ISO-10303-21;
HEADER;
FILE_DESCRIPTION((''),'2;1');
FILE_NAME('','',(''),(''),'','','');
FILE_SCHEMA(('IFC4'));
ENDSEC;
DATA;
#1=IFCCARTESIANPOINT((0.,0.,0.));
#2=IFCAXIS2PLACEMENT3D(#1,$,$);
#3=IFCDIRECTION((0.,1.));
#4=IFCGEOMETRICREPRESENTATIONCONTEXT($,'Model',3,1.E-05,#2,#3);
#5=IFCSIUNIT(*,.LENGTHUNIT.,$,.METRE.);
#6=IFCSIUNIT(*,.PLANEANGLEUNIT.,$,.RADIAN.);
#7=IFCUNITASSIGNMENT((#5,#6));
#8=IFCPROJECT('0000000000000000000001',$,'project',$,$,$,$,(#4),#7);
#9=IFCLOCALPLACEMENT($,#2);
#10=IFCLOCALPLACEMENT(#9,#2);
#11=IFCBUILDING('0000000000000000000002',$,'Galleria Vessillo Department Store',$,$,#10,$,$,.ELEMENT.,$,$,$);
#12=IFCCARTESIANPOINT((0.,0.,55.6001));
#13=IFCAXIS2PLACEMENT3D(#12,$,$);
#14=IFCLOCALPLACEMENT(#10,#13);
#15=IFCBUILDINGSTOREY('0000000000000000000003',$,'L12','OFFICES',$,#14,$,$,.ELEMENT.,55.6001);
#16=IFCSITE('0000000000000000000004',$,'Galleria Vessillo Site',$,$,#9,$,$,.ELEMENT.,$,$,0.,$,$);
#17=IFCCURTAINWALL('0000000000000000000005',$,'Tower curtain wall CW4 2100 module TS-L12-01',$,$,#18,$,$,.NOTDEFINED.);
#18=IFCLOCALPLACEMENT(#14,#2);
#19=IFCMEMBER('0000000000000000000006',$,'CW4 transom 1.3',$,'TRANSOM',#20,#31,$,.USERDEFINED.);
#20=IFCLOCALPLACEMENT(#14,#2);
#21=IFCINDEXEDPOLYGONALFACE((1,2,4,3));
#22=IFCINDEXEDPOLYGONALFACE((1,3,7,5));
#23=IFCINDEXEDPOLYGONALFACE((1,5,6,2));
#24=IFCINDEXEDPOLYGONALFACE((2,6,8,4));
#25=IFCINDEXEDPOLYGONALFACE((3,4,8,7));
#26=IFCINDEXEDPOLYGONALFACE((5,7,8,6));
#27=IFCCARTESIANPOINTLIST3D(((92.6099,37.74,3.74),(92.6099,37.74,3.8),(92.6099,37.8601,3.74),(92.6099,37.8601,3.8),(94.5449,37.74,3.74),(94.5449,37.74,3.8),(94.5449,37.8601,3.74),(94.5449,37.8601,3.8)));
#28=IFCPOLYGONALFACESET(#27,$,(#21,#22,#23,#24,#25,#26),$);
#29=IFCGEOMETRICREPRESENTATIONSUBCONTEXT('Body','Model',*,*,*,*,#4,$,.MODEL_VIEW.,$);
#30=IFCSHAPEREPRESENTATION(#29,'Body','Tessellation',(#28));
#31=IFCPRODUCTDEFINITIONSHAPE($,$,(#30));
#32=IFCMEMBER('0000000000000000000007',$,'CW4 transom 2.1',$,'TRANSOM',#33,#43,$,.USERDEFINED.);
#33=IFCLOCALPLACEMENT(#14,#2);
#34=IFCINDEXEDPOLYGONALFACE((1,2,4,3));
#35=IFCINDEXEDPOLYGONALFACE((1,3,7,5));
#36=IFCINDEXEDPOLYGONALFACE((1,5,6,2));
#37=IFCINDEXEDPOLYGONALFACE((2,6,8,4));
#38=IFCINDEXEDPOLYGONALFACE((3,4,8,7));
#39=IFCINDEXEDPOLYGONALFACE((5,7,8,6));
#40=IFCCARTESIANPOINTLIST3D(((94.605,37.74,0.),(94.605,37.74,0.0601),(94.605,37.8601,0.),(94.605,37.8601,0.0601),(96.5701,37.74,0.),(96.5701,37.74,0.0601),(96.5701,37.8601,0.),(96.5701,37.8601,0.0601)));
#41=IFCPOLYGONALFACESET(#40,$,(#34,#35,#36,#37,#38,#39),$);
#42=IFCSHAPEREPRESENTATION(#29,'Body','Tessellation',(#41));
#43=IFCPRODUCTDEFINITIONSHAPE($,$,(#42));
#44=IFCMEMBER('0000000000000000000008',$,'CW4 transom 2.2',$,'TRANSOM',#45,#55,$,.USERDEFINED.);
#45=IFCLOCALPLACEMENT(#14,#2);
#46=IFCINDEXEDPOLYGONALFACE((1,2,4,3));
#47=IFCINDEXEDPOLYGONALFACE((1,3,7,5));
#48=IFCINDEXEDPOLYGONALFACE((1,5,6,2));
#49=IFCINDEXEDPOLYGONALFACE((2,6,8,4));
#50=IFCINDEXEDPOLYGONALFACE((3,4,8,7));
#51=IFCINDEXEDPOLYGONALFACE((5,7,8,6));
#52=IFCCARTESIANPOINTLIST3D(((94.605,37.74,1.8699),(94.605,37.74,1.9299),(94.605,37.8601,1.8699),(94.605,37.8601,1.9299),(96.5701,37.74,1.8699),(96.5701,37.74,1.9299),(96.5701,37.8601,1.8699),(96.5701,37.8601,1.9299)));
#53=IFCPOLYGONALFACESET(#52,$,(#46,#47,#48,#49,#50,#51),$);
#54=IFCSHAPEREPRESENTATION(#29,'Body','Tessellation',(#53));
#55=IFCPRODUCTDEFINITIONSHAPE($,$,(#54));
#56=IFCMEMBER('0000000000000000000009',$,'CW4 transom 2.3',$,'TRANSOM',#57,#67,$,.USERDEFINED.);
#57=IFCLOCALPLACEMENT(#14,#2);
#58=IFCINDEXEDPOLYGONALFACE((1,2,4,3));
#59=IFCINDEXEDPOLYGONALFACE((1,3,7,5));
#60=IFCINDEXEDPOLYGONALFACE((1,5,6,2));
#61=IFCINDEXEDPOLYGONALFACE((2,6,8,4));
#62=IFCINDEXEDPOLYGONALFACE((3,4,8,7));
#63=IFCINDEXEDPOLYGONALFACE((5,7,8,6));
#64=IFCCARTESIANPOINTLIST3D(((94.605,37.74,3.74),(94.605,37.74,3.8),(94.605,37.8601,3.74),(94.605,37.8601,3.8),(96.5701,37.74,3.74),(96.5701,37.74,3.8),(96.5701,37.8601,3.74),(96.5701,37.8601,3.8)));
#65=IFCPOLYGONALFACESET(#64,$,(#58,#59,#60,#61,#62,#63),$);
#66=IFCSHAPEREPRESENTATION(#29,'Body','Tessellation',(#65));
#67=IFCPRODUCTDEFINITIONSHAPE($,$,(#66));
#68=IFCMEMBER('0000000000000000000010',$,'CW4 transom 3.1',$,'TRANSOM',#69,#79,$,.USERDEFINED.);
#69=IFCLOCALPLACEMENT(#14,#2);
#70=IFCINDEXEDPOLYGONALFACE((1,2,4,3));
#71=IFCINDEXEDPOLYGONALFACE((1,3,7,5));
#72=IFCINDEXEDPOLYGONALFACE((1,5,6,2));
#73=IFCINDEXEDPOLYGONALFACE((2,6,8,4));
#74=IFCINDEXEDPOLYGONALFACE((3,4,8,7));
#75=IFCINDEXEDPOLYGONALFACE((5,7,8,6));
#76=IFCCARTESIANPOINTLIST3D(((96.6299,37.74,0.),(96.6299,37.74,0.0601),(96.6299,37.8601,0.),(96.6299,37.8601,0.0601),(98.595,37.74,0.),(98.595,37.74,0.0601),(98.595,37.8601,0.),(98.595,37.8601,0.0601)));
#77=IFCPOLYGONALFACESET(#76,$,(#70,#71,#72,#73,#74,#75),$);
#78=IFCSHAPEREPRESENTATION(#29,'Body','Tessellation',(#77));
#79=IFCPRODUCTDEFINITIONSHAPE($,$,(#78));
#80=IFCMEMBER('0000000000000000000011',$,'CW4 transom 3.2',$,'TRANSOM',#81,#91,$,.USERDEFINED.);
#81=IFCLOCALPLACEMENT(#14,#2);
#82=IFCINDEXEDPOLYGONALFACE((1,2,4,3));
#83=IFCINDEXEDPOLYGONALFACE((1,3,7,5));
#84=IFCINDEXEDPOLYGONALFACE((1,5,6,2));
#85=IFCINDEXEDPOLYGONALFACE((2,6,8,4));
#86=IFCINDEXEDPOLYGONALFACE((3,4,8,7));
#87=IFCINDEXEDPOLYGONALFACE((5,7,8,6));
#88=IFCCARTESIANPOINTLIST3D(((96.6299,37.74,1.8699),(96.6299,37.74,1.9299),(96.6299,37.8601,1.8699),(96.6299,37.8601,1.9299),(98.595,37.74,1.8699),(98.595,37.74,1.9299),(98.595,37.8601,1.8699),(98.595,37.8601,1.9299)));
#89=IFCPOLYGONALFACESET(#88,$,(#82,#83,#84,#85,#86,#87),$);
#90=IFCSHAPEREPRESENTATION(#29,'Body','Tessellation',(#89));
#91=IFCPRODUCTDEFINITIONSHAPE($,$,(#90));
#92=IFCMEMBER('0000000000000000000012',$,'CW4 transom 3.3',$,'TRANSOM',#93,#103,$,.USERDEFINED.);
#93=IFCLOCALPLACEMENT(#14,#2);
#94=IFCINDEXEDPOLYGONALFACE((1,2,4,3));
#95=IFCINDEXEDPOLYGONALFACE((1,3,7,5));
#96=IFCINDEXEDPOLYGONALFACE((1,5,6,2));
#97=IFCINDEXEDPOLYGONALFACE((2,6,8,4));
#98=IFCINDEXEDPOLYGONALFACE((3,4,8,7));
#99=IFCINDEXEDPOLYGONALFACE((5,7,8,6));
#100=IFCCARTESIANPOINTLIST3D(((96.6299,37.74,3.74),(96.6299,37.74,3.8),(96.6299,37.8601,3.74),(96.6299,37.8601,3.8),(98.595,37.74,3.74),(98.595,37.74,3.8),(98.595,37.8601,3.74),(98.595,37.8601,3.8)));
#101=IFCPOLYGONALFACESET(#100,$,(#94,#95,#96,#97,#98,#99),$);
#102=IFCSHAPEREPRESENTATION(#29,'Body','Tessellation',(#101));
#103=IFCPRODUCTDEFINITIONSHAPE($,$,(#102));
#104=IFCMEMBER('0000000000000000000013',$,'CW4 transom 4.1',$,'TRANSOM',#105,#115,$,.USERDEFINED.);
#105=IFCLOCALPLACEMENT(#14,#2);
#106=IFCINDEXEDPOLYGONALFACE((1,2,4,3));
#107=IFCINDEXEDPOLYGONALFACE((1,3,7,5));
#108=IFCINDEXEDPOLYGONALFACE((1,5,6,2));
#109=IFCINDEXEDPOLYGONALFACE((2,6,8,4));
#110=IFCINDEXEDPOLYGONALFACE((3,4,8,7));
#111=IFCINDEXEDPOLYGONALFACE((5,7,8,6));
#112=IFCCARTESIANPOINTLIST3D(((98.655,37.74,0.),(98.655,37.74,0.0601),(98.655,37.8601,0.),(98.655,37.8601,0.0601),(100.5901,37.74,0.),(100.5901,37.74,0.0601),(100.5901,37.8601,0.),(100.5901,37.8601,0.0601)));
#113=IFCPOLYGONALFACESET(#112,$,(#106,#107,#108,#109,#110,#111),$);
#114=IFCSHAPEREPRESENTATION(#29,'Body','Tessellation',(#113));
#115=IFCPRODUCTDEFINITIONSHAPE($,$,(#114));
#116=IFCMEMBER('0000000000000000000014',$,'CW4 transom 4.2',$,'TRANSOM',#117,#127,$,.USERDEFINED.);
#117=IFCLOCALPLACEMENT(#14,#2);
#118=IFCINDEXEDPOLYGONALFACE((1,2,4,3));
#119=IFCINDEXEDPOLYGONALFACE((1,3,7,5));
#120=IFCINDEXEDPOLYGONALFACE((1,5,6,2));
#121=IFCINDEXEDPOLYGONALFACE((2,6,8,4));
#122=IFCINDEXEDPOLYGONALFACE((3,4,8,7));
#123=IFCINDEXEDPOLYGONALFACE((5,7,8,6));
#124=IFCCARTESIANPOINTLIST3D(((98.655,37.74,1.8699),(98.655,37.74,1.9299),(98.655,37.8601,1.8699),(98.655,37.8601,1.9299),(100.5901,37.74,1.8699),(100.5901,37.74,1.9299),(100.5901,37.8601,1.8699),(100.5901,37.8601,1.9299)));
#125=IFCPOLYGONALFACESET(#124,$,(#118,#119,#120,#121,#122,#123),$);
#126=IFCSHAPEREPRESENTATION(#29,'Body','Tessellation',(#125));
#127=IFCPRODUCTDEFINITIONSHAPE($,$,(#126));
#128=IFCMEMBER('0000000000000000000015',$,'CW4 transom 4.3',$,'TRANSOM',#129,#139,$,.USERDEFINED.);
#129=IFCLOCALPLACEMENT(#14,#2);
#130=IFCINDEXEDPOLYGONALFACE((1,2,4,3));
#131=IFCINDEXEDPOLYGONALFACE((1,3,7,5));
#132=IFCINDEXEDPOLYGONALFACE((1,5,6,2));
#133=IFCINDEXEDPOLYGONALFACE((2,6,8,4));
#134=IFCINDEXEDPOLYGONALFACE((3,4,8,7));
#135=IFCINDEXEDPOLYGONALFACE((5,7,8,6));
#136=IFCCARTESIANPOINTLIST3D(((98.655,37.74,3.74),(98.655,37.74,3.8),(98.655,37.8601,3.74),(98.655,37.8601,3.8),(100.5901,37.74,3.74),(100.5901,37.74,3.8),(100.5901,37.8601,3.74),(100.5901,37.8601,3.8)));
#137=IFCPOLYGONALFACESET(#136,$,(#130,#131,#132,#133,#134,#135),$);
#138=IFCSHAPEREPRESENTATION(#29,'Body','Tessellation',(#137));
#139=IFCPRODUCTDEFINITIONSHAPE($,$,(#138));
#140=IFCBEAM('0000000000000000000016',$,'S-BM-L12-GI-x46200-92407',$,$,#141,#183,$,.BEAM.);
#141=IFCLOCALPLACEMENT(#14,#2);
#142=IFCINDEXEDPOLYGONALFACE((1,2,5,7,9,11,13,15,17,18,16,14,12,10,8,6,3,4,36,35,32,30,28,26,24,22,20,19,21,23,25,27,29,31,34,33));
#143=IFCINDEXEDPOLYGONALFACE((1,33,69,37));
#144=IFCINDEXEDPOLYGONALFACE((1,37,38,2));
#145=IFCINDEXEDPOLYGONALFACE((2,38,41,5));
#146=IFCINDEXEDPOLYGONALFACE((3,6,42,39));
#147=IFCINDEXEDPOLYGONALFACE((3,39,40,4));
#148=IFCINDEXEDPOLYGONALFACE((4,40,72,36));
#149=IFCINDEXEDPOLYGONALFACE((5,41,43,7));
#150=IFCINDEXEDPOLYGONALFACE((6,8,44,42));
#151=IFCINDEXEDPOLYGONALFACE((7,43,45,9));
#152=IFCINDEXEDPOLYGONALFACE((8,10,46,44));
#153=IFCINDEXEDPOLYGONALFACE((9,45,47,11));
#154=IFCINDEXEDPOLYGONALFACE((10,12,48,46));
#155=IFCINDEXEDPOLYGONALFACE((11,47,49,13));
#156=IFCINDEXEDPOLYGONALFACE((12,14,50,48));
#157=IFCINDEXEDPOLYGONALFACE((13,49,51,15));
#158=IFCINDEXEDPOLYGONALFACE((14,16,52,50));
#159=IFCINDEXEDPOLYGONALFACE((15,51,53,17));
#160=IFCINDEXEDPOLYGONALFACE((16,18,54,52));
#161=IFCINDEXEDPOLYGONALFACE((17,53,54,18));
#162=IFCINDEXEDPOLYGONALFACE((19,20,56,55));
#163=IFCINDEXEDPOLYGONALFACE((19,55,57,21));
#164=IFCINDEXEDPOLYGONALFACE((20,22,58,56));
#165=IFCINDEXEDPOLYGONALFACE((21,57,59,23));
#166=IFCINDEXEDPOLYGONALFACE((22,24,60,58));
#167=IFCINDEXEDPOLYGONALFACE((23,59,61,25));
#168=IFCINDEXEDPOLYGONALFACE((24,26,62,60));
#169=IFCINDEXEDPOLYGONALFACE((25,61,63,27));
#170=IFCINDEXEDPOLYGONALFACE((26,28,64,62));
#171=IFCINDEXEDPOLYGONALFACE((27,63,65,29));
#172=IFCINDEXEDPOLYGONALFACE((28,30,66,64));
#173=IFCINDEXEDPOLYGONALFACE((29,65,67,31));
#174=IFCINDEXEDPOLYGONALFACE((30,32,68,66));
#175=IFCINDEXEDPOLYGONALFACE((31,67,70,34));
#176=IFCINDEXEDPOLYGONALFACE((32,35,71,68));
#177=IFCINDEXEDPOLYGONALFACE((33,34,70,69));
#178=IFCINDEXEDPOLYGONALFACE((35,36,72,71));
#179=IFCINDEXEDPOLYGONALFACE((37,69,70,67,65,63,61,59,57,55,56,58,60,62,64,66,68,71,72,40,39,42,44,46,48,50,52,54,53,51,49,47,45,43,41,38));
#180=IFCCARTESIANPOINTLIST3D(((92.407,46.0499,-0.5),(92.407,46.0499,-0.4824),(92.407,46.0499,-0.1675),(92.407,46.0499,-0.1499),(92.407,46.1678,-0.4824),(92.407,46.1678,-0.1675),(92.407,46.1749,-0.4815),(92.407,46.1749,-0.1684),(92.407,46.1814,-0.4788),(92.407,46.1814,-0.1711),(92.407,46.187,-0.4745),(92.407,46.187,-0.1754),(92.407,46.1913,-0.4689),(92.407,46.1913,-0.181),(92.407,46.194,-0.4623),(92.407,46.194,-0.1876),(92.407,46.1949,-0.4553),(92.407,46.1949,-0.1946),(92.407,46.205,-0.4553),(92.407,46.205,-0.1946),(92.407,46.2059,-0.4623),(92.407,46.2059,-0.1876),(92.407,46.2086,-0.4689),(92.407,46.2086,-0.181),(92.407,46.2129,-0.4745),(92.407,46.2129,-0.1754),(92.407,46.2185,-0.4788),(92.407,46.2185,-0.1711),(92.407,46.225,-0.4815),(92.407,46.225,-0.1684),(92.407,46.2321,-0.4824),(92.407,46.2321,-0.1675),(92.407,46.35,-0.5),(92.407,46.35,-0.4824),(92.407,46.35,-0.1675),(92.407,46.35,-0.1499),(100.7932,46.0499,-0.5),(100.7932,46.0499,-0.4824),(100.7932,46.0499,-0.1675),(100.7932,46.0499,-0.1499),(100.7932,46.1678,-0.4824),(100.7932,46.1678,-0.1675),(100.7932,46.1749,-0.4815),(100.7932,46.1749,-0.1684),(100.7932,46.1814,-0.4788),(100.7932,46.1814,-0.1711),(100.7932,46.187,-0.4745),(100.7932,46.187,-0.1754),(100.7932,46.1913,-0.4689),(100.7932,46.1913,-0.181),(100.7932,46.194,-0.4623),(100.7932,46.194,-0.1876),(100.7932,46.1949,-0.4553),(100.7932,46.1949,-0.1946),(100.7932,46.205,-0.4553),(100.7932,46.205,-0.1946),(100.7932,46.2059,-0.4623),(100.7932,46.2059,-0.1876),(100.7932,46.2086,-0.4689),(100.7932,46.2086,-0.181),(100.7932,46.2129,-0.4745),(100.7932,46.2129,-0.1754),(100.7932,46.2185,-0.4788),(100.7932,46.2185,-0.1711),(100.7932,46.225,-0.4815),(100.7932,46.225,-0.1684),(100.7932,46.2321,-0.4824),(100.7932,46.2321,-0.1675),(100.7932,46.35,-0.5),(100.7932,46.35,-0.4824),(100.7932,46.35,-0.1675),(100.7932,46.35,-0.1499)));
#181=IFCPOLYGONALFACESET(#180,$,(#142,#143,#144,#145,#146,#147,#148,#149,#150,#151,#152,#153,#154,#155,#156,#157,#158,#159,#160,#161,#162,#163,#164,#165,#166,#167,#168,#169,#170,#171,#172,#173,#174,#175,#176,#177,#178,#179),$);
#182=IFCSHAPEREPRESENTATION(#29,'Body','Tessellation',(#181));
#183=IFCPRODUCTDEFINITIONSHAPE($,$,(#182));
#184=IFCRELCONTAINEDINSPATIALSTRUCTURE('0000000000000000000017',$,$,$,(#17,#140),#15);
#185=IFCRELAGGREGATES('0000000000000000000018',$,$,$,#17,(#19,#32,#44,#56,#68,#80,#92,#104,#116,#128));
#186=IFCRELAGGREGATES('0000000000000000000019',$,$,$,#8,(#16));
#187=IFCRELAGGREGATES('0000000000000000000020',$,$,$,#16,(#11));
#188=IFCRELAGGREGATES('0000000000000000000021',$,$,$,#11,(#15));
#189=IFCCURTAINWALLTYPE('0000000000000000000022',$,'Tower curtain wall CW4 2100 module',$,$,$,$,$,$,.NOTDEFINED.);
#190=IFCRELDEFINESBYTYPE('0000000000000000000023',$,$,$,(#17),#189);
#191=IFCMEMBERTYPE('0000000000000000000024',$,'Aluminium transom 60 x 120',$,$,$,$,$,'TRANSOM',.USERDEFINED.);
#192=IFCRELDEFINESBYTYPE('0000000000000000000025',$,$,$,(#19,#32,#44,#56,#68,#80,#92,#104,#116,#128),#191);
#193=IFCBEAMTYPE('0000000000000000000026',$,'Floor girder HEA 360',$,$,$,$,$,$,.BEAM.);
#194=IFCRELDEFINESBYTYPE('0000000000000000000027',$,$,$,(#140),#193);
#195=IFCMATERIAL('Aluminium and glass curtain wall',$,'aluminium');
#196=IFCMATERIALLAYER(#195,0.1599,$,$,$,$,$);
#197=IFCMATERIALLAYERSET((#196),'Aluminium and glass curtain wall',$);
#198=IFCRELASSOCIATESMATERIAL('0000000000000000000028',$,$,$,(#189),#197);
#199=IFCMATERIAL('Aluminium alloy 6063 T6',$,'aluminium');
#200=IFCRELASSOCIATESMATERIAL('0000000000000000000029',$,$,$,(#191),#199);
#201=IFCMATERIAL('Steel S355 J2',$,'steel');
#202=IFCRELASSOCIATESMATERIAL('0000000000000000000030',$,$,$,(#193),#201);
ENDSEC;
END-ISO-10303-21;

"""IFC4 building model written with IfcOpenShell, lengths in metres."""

from ifc_helpers import new_model, si_unit, direction, frame, origin, origin_2d, place, context, subcontext, project, spatial, rectangle, i_section, extrude, material, layer, layer_set, material_profile, profile_set, type_object, element, aggregate, save


model = new_model("IFC4")

# Units and contexts
model_context = context("Model", 3, precision=1e-05, world=origin(), true_north=direction((0.0, 1.0)))
body_context = subcontext(model_context, "Body", "Model", "MODEL_VIEW")
ifc_project = project(units=[si_unit("LENGTHUNIT", "METRE"), si_unit("PLANEANGLEUNIT", "RADIAN")], contexts=[model_context])

# Site, building, storey
site_placement = place(None, origin())
site = spatial("IfcSite", under=ifc_project, at=site_placement, Name="Galleria Vessillo Site", CompositionType="ELEMENT", RefElevation=0.0)
building_placement = place(site_placement, origin())
building = spatial("IfcBuilding", under=site, at=building_placement, Name="Galleria Vessillo Department Store", CompositionType="ELEMENT")
storey_placement = place(building_placement, frame((0.0, 0.0, 55.6001)))
storey = spatial("IfcBuildingStorey", under=building, at=storey_placement, Name="L12", Description="OFFICES", CompositionType="ELEMENT", Elevation=55.6001)

# Curtain wall, members
ifc_material_1 = material(Name="Aluminium and glass curtain wall", Category="aluminium")
ifc_layer_1 = layer(ifc_material_1, 0.1599)
ifc_layer_set_1 = layer_set([ifc_layer_1], Name="Aluminium and glass curtain wall")
curtain_wall_type = type_object("IfcCurtainWallType", Name="Tower curtain wall CW4 2100 module", PredefinedType="NOTDEFINED", material=ifc_layer_set_1)
curtain_wall_placement = place(storey_placement, origin())
curtain_wall = element("IfcCurtainWall", 1, at=curtain_wall_placement, inside=storey, type_object=curtain_wall_type, Name="Tower curtain wall CW4 2100 module TS-L12-01", PredefinedType="NOTDEFINED")
ifc_material_2 = material(Name="Aluminium alloy 6063 T6", Category="aluminium")
ifc_material_profile_1 = material_profile(ifc_material_2, rectangle(XDim=0.1201, YDim=0.0601, at=origin_2d()), Name="AL 60x120")
ifc_profile_set_1 = profile_set([ifc_material_profile_1], Name="Aluminium alloy 6063 T6")
member_type_1 = type_object("IfcMemberType", Name="Aluminium transom 60 x 120", ElementType="TRANSOM", PredefinedType="USERDEFINED", material=ifc_profile_set_1)
member_1_placement = place(storey_placement, frame((92.6099, 37.8, 3.77), z_axis=(1.0, 0.0, 0.0), x_axis=(0.0, 1.0, 0.0)))
member_1 = element("IfcMember", 2, at=member_1_placement, type_object=member_type_1, Name="CW4 transom 1.3", ObjectType="TRANSOM", PredefinedType="USERDEFINED", context=body_context, shape_type="SweptSolid", body=[
    extrude(rectangle(XDim=0.1201, YDim=0.0601, at=origin_2d()), origin(), (0.0, 0.0, 1.0), 1.9351),
])
member_2_placement = place(storey_placement, frame((94.605, 37.8, 0.03), z_axis=(1.0, 0.0, 0.0), x_axis=(0.0, 1.0, 0.0)))
member_2 = element("IfcMember", 3, at=member_2_placement, type_object=member_type_1, Name="CW4 transom 2.1", ObjectType="TRANSOM", PredefinedType="USERDEFINED", context=body_context, shape_type="SweptSolid", body=[
    extrude(rectangle(XDim=0.1201, YDim=0.0601, at=origin_2d()), origin(), (0.0, 0.0, 1.0), 1.9651),
])
member_3_placement = place(storey_placement, frame((94.605, 37.8, 1.8999), z_axis=(1.0, 0.0, 0.0), x_axis=(0.0, 1.0, 0.0)))
member_3 = element("IfcMember", 4, at=member_3_placement, type_object=member_type_1, Name="CW4 transom 2.2", ObjectType="TRANSOM", PredefinedType="USERDEFINED", context=body_context, shape_type="SweptSolid", body=[
    extrude(rectangle(XDim=0.1201, YDim=0.0601, at=origin_2d()), origin(), (0.0, 0.0, 1.0), 1.9651),
])
member_4_placement = place(storey_placement, frame((94.605, 37.8, 3.77), z_axis=(1.0, 0.0, 0.0), x_axis=(0.0, 1.0, 0.0)))
member_4 = element("IfcMember", 5, at=member_4_placement, type_object=member_type_1, Name="CW4 transom 2.3", ObjectType="TRANSOM", PredefinedType="USERDEFINED", context=body_context, shape_type="SweptSolid", body=[
    extrude(rectangle(XDim=0.1201, YDim=0.0601, at=origin_2d()), origin(), (0.0, 0.0, 1.0), 1.9651),
])
member_5_placement = place(storey_placement, frame((96.6299, 37.8, 0.03), z_axis=(1.0, 0.0, 0.0), x_axis=(0.0, 1.0, 0.0)))
member_5 = element("IfcMember", 6, at=member_5_placement, type_object=member_type_1, Name="CW4 transom 3.1", ObjectType="TRANSOM", PredefinedType="USERDEFINED", context=body_context, shape_type="SweptSolid", body=[
    extrude(rectangle(XDim=0.1201, YDim=0.0601, at=origin_2d()), origin(), (0.0, 0.0, 1.0), 1.9651),
])
member_6_placement = place(storey_placement, frame((96.6299, 37.8, 1.8999), z_axis=(1.0, 0.0, 0.0), x_axis=(0.0, 1.0, 0.0)))
member_6 = element("IfcMember", 7, at=member_6_placement, type_object=member_type_1, Name="CW4 transom 3.2", ObjectType="TRANSOM", PredefinedType="USERDEFINED", context=body_context, shape_type="SweptSolid", body=[
    extrude(rectangle(XDim=0.1201, YDim=0.0601, at=origin_2d()), origin(), (0.0, 0.0, 1.0), 1.9651),
])
member_7_placement = place(storey_placement, frame((96.6299, 37.8, 3.77), z_axis=(1.0, 0.0, 0.0), x_axis=(0.0, 1.0, 0.0)))
member_7 = element("IfcMember", 8, at=member_7_placement, type_object=member_type_1, Name="CW4 transom 3.3", ObjectType="TRANSOM", PredefinedType="USERDEFINED", context=body_context, shape_type="SweptSolid", body=[
    extrude(rectangle(XDim=0.1201, YDim=0.0601, at=origin_2d()), origin(), (0.0, 0.0, 1.0), 1.9651),
])
member_8_placement = place(storey_placement, frame((98.655, 37.8, 0.03), z_axis=(1.0, 0.0, 0.0), x_axis=(0.0, 1.0, 0.0)))
member_8 = element("IfcMember", 9, at=member_8_placement, type_object=member_type_1, Name="CW4 transom 4.1", ObjectType="TRANSOM", PredefinedType="USERDEFINED", context=body_context, shape_type="SweptSolid", body=[
    extrude(rectangle(XDim=0.1201, YDim=0.0601, at=origin_2d()), origin(), (0.0, 0.0, 1.0), 1.9351),
])
member_9_placement = place(storey_placement, frame((98.655, 37.8, 1.8999), z_axis=(1.0, 0.0, 0.0), x_axis=(0.0, 1.0, 0.0)))
member_9 = element("IfcMember", 10, at=member_9_placement, type_object=member_type_1, Name="CW4 transom 4.2", ObjectType="TRANSOM", PredefinedType="USERDEFINED", context=body_context, shape_type="SweptSolid", body=[
    extrude(rectangle(XDim=0.1201, YDim=0.0601, at=origin_2d()), origin(), (0.0, 0.0, 1.0), 1.9351),
])
member_10_placement = place(storey_placement, frame((98.655, 37.8, 3.77), z_axis=(1.0, 0.0, 0.0), x_axis=(0.0, 1.0, 0.0)))
member_10 = element("IfcMember", 11, at=member_10_placement, type_object=member_type_1, Name="CW4 transom 4.3", ObjectType="TRANSOM", PredefinedType="USERDEFINED", context=body_context, shape_type="SweptSolid", body=[
    extrude(rectangle(XDim=0.1201, YDim=0.0601, at=origin_2d()), origin(), (0.0, 0.0, 1.0), 1.9351),
])

# Beam
ifc_material_3 = material(Name="Steel S355 J2", Category="steel")
ifc_material_profile_2 = material_profile(ifc_material_3, i_section(OverallWidth=0.3, OverallDepth=0.3501, WebThickness=0.01, FlangeThickness=0.0176, FilletRadius=0.0271, at=origin_2d()), Name="HEA 360")
ifc_profile_set_2 = profile_set([ifc_material_profile_2], Name="Steel S355 J2")
beam_type_1 = type_object("IfcBeamType", Name="Floor girder HEA 360", PredefinedType="BEAM", material=ifc_profile_set_2)
beam_1_placement = place(storey_placement, frame((92.407, 46.2, -0.325), z_axis=(1.0, 0.0, 0.0), x_axis=(0.0, 1.0, 0.0)))
element("IfcBeam", 12, at=beam_1_placement, inside=storey, type_object=beam_type_1, Name="S-BM-L12-GI-x46200-92407", PredefinedType="BEAM", context=body_context, shape_type="SweptSolid", body=[
    extrude(i_section(OverallWidth=0.3, OverallDepth=0.3501, WebThickness=0.01, FlangeThickness=0.0176, FilletRadius=0.0271, at=origin_2d()), origin(), (0.0, 0.0, 1.0), 8.3862),
])

aggregate(curtain_wall, [member_1, member_2, member_3, member_4, member_5, member_6, member_7, member_8, member_9, member_10])

save(model, "model.ifc")
